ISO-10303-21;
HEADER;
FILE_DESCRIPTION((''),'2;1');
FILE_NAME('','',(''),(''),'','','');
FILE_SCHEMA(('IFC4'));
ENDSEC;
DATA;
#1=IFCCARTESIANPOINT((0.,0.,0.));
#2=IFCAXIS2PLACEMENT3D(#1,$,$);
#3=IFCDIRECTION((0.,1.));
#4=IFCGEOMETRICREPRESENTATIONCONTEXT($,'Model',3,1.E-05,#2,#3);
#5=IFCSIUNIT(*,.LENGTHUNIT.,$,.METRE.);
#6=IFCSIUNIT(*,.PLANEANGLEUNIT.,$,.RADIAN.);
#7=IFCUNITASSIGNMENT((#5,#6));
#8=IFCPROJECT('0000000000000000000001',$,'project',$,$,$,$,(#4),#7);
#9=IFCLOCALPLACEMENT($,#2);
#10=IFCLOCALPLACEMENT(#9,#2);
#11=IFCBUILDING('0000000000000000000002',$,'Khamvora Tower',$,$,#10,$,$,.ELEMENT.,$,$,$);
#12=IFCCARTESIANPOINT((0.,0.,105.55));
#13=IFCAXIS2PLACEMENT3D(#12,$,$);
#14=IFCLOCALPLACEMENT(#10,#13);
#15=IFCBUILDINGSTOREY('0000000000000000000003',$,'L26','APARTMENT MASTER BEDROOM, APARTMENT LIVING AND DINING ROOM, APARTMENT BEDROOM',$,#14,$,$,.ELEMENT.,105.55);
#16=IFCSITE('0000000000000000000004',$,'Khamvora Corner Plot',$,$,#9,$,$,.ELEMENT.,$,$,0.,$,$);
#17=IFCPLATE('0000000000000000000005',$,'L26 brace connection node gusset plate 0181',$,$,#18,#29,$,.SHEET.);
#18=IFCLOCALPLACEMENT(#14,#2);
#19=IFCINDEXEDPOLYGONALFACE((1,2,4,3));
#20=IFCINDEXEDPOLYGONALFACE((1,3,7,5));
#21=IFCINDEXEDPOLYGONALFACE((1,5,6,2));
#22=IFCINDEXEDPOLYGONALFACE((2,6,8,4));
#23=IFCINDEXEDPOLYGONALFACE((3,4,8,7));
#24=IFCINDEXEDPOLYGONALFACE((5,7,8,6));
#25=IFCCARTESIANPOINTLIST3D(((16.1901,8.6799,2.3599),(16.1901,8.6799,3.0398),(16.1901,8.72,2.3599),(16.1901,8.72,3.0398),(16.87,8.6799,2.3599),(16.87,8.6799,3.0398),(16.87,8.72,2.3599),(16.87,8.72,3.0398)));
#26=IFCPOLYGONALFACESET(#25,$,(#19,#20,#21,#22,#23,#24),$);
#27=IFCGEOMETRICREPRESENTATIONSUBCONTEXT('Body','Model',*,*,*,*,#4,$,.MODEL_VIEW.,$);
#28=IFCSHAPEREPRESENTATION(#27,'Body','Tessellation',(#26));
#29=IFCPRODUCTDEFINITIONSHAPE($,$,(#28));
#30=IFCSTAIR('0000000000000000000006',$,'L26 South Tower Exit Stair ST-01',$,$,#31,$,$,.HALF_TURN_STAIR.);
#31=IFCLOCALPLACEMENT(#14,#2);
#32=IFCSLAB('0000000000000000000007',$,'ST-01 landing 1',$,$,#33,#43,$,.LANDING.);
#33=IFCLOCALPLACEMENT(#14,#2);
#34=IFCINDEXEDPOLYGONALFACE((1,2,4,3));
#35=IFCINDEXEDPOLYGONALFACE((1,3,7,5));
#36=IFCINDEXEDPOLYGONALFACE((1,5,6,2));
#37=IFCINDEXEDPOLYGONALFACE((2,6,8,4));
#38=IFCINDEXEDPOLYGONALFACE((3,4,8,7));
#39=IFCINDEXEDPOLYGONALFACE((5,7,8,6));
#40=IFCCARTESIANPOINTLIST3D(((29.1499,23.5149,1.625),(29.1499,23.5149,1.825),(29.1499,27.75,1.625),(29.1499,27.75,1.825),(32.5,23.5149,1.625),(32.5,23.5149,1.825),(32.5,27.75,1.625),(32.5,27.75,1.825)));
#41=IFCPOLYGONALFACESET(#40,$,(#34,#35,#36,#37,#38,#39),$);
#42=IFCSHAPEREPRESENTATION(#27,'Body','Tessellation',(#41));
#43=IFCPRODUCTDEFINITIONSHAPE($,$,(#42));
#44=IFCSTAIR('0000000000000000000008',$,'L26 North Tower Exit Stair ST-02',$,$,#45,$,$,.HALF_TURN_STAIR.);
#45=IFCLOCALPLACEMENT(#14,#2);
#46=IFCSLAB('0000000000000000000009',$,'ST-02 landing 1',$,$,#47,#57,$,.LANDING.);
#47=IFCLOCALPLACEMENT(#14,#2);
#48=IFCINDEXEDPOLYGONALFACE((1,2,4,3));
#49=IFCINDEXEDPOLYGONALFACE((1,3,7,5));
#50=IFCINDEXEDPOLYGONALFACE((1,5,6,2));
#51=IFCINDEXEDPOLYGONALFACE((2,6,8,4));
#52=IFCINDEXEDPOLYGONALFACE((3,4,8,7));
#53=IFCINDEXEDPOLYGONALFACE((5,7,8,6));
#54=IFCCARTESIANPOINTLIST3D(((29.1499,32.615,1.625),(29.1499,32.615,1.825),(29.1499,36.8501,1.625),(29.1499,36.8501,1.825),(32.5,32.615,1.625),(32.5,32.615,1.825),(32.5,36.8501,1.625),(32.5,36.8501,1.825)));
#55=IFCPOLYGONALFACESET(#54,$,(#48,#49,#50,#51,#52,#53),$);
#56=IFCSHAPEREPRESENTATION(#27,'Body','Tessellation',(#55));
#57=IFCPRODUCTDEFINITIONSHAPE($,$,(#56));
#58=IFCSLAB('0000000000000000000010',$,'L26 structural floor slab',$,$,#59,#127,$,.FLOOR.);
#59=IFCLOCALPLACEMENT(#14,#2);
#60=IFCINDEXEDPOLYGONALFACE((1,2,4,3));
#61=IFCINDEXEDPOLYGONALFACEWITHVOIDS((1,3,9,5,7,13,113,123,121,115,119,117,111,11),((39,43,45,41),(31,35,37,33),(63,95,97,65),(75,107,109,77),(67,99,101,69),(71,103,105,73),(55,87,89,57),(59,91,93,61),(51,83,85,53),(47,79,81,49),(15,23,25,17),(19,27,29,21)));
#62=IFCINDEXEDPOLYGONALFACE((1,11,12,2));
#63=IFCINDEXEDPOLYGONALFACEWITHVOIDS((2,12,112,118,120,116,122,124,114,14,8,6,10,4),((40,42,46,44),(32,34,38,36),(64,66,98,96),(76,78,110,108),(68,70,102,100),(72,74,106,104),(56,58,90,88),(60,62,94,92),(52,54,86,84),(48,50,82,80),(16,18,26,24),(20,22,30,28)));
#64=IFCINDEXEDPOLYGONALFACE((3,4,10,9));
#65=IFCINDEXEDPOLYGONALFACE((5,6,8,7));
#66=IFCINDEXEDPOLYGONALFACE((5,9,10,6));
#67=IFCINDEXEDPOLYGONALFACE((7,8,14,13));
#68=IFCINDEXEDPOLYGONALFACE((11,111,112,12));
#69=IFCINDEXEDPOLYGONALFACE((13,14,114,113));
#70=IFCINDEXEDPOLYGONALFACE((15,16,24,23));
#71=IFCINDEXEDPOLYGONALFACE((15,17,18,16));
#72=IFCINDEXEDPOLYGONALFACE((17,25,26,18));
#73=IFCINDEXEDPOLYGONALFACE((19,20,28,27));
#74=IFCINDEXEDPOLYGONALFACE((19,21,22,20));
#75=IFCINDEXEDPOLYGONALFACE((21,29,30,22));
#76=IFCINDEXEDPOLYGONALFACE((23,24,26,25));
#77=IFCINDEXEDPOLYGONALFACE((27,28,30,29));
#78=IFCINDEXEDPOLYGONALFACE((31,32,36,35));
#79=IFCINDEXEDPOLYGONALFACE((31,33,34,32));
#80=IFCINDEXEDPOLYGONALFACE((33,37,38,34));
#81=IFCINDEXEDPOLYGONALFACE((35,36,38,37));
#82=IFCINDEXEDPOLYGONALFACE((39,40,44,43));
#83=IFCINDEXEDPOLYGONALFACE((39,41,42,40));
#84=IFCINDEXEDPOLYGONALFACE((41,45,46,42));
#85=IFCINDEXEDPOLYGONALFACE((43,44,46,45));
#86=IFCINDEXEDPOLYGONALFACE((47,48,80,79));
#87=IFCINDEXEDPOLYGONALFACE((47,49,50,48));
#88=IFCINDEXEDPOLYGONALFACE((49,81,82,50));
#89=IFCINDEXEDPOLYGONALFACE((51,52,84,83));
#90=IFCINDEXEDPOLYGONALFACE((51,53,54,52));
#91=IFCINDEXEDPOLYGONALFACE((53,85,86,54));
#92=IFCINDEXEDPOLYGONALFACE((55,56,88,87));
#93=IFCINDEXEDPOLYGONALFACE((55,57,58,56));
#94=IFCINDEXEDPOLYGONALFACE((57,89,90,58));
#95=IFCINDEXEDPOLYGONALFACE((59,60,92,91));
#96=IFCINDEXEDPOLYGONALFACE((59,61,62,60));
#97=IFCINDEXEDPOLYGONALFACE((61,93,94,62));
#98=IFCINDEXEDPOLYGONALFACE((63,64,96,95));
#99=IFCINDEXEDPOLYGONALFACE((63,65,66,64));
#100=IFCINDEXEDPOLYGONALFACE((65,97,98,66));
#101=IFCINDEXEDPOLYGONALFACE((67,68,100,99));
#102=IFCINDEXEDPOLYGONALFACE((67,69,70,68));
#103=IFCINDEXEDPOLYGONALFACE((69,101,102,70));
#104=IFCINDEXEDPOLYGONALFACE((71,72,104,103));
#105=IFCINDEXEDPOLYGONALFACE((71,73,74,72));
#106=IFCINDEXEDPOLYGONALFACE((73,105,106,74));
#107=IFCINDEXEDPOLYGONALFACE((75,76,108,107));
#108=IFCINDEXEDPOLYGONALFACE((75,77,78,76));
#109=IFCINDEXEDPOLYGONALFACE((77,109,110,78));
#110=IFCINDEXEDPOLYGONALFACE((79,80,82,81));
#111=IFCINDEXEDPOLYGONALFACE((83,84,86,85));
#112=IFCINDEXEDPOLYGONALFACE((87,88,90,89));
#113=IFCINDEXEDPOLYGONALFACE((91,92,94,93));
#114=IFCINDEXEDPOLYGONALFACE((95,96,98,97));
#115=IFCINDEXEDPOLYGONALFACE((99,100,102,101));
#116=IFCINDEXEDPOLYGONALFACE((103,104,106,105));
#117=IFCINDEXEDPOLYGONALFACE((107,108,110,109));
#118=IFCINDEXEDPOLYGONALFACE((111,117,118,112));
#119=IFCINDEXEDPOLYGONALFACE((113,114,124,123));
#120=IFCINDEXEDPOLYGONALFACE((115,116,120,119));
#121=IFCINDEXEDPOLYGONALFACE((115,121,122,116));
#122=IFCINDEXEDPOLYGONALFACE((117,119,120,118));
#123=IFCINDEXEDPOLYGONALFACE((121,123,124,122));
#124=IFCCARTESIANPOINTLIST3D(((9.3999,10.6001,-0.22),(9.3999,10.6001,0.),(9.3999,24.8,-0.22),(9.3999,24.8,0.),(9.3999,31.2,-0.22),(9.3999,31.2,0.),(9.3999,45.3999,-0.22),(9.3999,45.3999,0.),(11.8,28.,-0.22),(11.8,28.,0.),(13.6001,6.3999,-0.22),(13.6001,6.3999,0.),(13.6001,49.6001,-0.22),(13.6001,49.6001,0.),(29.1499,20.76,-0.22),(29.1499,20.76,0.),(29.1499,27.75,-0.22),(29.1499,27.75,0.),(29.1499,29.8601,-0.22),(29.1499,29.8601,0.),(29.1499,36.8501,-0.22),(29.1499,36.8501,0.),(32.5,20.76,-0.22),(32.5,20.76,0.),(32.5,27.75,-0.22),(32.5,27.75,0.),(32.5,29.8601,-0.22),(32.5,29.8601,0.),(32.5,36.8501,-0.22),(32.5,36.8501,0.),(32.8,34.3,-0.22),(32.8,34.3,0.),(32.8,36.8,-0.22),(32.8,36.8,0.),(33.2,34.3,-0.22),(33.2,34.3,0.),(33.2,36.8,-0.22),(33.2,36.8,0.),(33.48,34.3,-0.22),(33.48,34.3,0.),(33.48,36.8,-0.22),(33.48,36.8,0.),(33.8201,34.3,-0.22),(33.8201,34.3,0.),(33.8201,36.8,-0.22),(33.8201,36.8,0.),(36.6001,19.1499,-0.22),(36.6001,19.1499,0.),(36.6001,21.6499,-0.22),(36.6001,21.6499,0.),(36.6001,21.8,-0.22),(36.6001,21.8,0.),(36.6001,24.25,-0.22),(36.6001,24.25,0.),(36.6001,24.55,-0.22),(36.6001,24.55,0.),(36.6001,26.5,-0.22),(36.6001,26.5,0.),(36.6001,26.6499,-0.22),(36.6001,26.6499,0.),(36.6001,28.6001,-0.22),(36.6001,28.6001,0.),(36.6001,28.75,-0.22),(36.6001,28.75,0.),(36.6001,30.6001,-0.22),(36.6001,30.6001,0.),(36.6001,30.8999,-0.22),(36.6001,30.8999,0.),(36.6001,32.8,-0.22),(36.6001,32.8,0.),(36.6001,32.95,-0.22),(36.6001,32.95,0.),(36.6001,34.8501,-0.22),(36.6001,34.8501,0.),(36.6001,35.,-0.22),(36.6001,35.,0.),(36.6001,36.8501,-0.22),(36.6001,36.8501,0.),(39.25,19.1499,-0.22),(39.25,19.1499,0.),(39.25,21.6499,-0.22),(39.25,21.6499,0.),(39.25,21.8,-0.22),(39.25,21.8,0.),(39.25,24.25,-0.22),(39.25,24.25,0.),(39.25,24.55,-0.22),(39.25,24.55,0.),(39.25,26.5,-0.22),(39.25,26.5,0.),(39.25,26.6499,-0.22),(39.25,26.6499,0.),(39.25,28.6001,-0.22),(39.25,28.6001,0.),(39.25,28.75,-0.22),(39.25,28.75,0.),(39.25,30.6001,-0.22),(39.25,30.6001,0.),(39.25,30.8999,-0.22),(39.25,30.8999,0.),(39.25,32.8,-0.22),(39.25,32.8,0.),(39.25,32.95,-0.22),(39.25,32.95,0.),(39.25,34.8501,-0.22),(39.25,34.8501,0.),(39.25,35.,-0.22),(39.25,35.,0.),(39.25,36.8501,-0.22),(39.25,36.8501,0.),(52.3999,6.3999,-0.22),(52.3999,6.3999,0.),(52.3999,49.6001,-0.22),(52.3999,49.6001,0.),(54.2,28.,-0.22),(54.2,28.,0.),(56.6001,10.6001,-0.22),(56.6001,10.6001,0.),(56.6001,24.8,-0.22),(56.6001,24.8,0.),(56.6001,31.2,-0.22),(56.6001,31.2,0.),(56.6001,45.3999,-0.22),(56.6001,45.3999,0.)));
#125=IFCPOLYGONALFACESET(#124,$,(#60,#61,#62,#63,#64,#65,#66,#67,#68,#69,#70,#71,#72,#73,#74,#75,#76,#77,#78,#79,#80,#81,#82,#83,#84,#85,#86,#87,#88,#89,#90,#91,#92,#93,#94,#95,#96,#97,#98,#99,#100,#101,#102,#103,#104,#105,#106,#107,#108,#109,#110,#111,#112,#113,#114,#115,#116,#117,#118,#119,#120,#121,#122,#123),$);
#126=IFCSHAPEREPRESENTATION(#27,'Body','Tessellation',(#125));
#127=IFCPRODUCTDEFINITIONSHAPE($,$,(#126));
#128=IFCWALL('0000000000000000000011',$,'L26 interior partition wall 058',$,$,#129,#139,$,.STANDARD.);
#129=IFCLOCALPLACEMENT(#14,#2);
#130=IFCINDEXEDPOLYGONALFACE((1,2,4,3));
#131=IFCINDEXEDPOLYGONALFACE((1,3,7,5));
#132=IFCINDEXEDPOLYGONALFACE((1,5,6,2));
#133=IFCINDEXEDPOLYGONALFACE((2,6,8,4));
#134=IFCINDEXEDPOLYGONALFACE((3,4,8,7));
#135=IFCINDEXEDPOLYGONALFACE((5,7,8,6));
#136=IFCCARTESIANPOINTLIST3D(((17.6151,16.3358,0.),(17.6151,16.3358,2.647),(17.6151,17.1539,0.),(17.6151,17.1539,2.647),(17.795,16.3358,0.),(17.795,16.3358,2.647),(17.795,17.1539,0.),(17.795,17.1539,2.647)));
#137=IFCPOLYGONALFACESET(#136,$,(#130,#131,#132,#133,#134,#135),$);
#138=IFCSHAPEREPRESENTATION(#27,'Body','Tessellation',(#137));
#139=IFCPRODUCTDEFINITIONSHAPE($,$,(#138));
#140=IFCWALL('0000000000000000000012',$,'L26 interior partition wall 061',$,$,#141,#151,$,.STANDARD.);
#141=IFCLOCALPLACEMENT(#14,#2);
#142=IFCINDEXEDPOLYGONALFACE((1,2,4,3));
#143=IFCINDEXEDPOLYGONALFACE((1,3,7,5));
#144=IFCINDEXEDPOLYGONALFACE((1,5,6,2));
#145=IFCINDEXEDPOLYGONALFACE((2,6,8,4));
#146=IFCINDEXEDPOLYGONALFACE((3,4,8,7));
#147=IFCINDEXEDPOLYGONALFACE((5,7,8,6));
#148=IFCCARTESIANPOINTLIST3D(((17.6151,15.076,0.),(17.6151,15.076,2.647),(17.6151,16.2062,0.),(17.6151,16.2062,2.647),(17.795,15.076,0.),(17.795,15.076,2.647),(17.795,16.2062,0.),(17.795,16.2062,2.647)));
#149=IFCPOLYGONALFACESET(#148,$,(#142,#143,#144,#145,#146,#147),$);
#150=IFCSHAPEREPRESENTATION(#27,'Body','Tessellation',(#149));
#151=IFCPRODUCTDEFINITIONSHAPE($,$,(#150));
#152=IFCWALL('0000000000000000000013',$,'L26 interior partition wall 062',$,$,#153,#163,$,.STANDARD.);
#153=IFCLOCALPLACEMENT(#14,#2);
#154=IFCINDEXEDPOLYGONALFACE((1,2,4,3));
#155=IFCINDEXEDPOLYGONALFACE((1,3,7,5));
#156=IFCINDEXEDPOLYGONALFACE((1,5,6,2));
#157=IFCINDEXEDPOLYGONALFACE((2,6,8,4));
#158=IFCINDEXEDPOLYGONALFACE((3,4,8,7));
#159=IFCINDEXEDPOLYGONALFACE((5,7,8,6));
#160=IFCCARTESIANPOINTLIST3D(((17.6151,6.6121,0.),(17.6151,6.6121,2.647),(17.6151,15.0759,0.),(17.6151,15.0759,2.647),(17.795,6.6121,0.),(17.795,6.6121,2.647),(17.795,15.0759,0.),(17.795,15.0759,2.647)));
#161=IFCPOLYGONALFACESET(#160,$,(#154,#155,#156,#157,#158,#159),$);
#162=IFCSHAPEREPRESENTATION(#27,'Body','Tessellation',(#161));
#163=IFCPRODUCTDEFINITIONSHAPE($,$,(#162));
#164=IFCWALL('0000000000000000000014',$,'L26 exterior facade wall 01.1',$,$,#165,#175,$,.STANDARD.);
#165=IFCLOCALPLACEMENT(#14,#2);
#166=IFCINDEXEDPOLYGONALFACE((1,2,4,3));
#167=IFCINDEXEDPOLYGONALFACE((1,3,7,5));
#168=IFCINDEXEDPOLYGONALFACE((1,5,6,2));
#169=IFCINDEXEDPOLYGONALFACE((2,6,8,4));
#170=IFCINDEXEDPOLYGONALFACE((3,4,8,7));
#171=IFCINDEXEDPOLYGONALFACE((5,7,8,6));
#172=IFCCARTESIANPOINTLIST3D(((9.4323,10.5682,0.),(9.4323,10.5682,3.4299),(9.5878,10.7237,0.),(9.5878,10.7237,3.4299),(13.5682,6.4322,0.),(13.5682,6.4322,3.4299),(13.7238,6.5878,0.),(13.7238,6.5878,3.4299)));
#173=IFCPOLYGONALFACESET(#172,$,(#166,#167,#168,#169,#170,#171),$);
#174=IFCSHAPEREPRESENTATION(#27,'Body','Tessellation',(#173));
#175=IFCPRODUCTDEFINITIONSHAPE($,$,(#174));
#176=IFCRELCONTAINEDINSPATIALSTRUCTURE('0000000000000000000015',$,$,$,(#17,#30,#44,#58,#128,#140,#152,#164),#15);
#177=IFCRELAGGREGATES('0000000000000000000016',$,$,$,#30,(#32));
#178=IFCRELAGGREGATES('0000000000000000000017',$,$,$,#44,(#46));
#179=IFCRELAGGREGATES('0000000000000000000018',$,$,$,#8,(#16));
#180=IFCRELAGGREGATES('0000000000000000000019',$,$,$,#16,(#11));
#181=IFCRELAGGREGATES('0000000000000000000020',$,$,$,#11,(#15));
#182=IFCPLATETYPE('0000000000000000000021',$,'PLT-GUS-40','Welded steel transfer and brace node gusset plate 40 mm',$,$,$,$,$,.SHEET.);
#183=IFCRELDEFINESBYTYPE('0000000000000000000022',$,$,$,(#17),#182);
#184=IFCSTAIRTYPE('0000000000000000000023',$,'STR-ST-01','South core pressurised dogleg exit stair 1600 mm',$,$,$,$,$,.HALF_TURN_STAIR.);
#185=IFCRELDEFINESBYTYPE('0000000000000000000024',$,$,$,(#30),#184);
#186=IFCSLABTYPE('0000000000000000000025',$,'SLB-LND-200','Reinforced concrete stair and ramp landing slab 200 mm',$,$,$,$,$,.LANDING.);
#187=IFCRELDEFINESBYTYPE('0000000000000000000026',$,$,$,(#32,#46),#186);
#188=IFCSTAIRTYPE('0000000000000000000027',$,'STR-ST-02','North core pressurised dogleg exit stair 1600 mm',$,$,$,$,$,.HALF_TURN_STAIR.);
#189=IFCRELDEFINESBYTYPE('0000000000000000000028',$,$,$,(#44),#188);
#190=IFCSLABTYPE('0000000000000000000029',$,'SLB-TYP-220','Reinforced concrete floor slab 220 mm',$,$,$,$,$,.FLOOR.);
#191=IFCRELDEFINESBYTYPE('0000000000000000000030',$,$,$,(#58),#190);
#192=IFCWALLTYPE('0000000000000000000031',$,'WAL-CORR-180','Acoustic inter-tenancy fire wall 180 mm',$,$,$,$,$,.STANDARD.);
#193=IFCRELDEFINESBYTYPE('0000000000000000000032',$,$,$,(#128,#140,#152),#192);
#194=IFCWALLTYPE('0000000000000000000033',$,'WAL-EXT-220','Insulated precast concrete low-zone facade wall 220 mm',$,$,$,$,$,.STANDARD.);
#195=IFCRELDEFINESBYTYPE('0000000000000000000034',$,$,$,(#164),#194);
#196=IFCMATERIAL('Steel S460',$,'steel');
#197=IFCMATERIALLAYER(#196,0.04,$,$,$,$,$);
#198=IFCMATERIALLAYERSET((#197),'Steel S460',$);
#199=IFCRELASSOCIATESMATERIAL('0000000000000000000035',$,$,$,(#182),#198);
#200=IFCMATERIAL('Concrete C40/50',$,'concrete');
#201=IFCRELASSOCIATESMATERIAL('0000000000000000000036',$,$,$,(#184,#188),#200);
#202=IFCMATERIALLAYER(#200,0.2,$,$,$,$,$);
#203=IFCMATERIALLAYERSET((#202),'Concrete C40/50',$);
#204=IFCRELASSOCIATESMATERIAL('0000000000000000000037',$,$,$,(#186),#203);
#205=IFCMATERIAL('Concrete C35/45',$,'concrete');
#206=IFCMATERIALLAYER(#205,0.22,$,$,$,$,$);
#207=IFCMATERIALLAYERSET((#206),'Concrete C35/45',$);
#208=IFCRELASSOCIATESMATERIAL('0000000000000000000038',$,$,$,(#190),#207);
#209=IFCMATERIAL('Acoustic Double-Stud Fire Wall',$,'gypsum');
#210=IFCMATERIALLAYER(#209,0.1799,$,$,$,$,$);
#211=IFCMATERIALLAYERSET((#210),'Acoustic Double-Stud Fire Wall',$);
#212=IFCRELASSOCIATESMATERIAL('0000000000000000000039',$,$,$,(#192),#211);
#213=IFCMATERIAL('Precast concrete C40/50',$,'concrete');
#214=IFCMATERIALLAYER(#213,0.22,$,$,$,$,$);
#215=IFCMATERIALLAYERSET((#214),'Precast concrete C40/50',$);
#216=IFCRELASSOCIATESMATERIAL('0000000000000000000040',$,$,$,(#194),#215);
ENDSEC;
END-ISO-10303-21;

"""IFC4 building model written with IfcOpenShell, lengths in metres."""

from ifc_helpers import new_model, si_unit, direction, frame, frame_2d, origin, origin_2d, place, context, subcontext, project, spatial, polyline, rectangle, outline, extrude, material, layer, layer_set, type_object, element, aggregate, save


model = new_model("IFC4")

# Units and contexts
model_context = context("Model", 3, precision=1e-05, world=origin(), true_north=direction((0.0, 1.0)))
body_context = subcontext(model_context, "Body", "Model", "MODEL_VIEW")
ifc_project = project(units=[si_unit("LENGTHUNIT", "METRE"), si_unit("PLANEANGLEUNIT", "RADIAN")], contexts=[model_context])

# Site, building, storey
site_placement = place(None, origin())
site = spatial("IfcSite", under=ifc_project, at=site_placement, Name="Khamvora Corner Plot", CompositionType="ELEMENT", RefElevation=0.0)
building_placement = place(site_placement, origin())
building = spatial("IfcBuilding", under=site, at=building_placement, Name="Khamvora Tower", CompositionType="ELEMENT")
storey_placement = place(building_placement, frame((0.0, 0.0, 105.55)))
storey = spatial("IfcBuildingStorey", under=building, at=storey_placement, Name="L26", Description="APARTMENT MASTER BEDROOM, APARTMENT LIVING AND DINING ROOM, APARTMENT BEDROOM", CompositionType="ELEMENT", Elevation=105.55)

# Plate
ifc_material_1 = material(Name="Steel S460", Category="steel")
ifc_layer_1 = layer(ifc_material_1, 0.04)
ifc_layer_set_1 = layer_set([ifc_layer_1], Name="Steel S460")
plate_type_1 = type_object("IfcPlateType", Name="PLT-GUS-40", Description="Welded steel transfer and brace node gusset plate 40 mm", PredefinedType="SHEET", material=ifc_layer_set_1)
plate_1_placement = place(storey_placement, frame((16.53, 8.7, 2.3599), z_axis=(0.0, 0.0, 1.0), x_axis=(1.0, 0.0, 0.0)))
element("IfcPlate", 1, at=plate_1_placement, inside=storey, type_object=plate_type_1, Name="L26 brace connection node gusset plate 0181", PredefinedType="SHEET", context=body_context, shape_type="SweptSolid", body=[
    extrude(rectangle(XDim=0.6799, YDim=0.04, at=origin_2d()), origin(), (0.0, 0.0, 1.0), 0.6799),
])

# Stairs, slabs
ifc_material_2 = material(Name="Concrete C40/50", Category="concrete")
stair_type_1 = type_object("IfcStairType", Name="STR-ST-01", Description="South core pressurised dogleg exit stair 1600 mm", PredefinedType="HALF_TURN_STAIR", material=ifc_material_2)
stair_1_placement = place(storey_placement, origin())
stair_1 = element("IfcStair", 2, at=stair_1_placement, inside=storey, type_object=stair_type_1, Name="L26 South Tower Exit Stair ST-01", PredefinedType="HALF_TURN_STAIR")
ifc_layer_2 = layer(ifc_material_2, 0.2)
ifc_layer_set_2 = layer_set([ifc_layer_2], Name="Concrete C40/50")
slab_type_1 = type_object("IfcSlabType", Name="SLB-LND-200", Description="Reinforced concrete stair and ramp landing slab 200 mm", PredefinedType="LANDING", material=ifc_layer_set_2)
slab_1_placement = place(storey_placement, frame((0.0, 0.0, 1.625)))
slab_1 = element("IfcSlab", 3, at=slab_1_placement, type_object=slab_type_1, Name="ST-01 landing 1", PredefinedType="LANDING", context=body_context, shape_type="SweptSolid", body=[
    extrude(outline(polyline([(32.5, 23.5149), (32.5, 27.75), (29.1499, 27.75), (29.1499, 23.5149), (32.5, 23.5149)])), origin(), (0.0, 0.0, 1.0), 0.2),
])
aggregate(stair_1, [slab_1])
stair_type_2 = type_object("IfcStairType", Name="STR-ST-02", Description="North core pressurised dogleg exit stair 1600 mm", PredefinedType="HALF_TURN_STAIR", material=ifc_material_2)
stair_2_placement = place(storey_placement, origin())
stair_2 = element("IfcStair", 4, at=stair_2_placement, inside=storey, type_object=stair_type_2, Name="L26 North Tower Exit Stair ST-02", PredefinedType="HALF_TURN_STAIR")
slab_2_placement = place(storey_placement, frame((0.0, 0.0, 1.625)))
slab_2 = element("IfcSlab", 5, at=slab_2_placement, type_object=slab_type_1, Name="ST-02 landing 1", PredefinedType="LANDING", context=body_context, shape_type="SweptSolid", body=[
    extrude(outline(polyline([(32.5, 32.615), (32.5, 36.8501), (29.1499, 36.8501), (29.1499, 32.615), (32.5, 32.615)])), origin(), (0.0, 0.0, 1.0), 0.2),
])
aggregate(stair_2, [slab_2])

# Slab
ifc_material_3 = material(Name="Concrete C35/45", Category="concrete")
ifc_layer_3 = layer(ifc_material_3, 0.22)
ifc_layer_set_3 = layer_set([ifc_layer_3], Name="Concrete C35/45")
slab_type_2 = type_object("IfcSlabType", Name="SLB-TYP-220", Description="Reinforced concrete floor slab 220 mm", PredefinedType="FLOOR", material=ifc_layer_set_3)
slab_3_placement = place(storey_placement, frame((0.0, 0.0, -0.22)))
element("IfcSlab", 6, at=slab_3_placement, inside=storey, type_object=slab_type_2, Name="L26 structural floor slab", PredefinedType="FLOOR", context=body_context, shape_type="SweptSolid", body=[
    extrude(outline(polyline([(13.6001, 6.3999), (52.3999, 6.3999), (56.6001, 10.6001), (56.6001, 24.8), (54.2, 28.0), (56.6001, 31.2), (56.6001, 45.3999), (52.3999, 49.6001), (13.6001, 49.6001), (9.3999, 45.3999), (9.3999, 31.2), (11.8, 28.0), (9.3999, 24.8), (9.3999, 10.6001), (13.6001, 6.3999)]), holes=[polyline([(32.5, 20.76), (32.5, 27.75), (29.1499, 27.75), (29.1499, 20.76), (32.5, 20.76)]), polyline([(32.5, 29.8601), (32.5, 36.8501), (29.1499, 36.8501), (29.1499, 29.8601), (32.5, 29.8601)]), polyline([(36.6001, 19.1499), (39.25, 19.1499), (39.25, 21.6499), (36.6001, 21.6499), (36.6001, 19.1499)]), polyline([(36.6001, 21.8), (39.25, 21.8), (39.25, 24.25), (36.6001, 24.25), (36.6001, 21.8)]), polyline([(36.6001, 24.55), (39.25, 24.55), (39.25, 26.5), (36.6001, 26.5), (36.6001, 24.55)]), polyline([(36.6001, 26.6499), (39.25, 26.6499), (39.25, 28.6001), (36.6001, 28.6001), (36.6001, 26.6499)]), polyline([(36.6001, 28.75), (39.25, 28.75), (39.25, 30.6001), (36.6001, 30.6001), (36.6001, 28.75)]), polyline([(36.6001, 30.8999), (39.25, 30.8999), (39.25, 32.8), (36.6001, 32.8), (36.6001, 30.8999)]), polyline([(36.6001, 32.95), (39.25, 32.95), (39.25, 34.8501), (36.6001, 34.8501), (36.6001, 32.95)]), polyline([(36.6001, 35.0), (39.25, 35.0), (39.25, 36.8501), (36.6001, 36.8501), (36.6001, 35.0)]), polyline([(32.8, 34.3), (33.2, 34.3), (33.2, 36.8), (32.8, 36.8), (32.8, 34.3)]), polyline([(33.48, 34.3), (33.8201, 34.3), (33.8201, 36.8), (33.48, 36.8), (33.48, 34.3)])]), origin(), (0.0, 0.0, 1.0), 0.22),
])

# Walls
ifc_material_4 = material(Name="Acoustic Double-Stud Fire Wall", Category="gypsum")
ifc_layer_4 = layer(ifc_material_4, 0.1799)
ifc_layer_set_4 = layer_set([ifc_layer_4], Name="Acoustic Double-Stud Fire Wall")
wall_type_1 = type_object("IfcWallType", Name="WAL-CORR-180", Description="Acoustic inter-tenancy fire wall 180 mm", PredefinedType="STANDARD", material=ifc_layer_set_4)
wall_1_placement = place(storey_placement, frame((17.7051, 17.1541, 0.0), z_axis=(0.0, 0.0, 1.0), x_axis=(0.0, -1.0, 0.0)))
element("IfcWall", 7, at=wall_1_placement, inside=storey, type_object=wall_type_1, Name="L26 interior partition wall 058", PredefinedType="STANDARD", context=body_context, shape_type="SweptSolid", body=[
    extrude(rectangle(XDim=0.8181, YDim=0.1799, at=frame_2d((0.4092, 0.0))), origin(), (0.0, 0.0, 1.0), 2.647),
])
wall_2_placement = place(storey_placement, frame((17.7051, 16.2061, 0.0), z_axis=(0.0, 0.0, 1.0), x_axis=(0.0, -1.0, 0.0)))
element("IfcWall", 8, at=wall_2_placement, inside=storey, type_object=wall_type_1, Name="L26 interior partition wall 061", PredefinedType="STANDARD", context=body_context, shape_type="SweptSolid", body=[
    extrude(rectangle(XDim=1.1301, YDim=0.1799, at=frame_2d((0.5649, 0.0))), origin(), (0.0, 0.0, 1.0), 2.647),
])
wall_3_placement = place(storey_placement, frame((17.7051, 15.0759, 0.0), z_axis=(0.0, 0.0, 1.0), x_axis=(0.0, -1.0, 0.0)))
element("IfcWall", 9, at=wall_3_placement, inside=storey, type_object=wall_type_1, Name="L26 interior partition wall 062", PredefinedType="STANDARD", context=body_context, shape_type="SweptSolid", body=[
    extrude(rectangle(XDim=8.4639, YDim=0.1799, at=frame_2d((4.2319, 0.0))), origin(), (0.0, 0.0, 1.0), 2.647),
])
ifc_material_5 = material(Name="Precast concrete C40/50", Category="concrete")
ifc_layer_5 = layer(ifc_material_5, 0.22)
ifc_layer_set_5 = layer_set([ifc_layer_5], Name="Precast concrete C40/50")
wall_type_2 = type_object("IfcWallType", Name="WAL-EXT-220", Description="Insulated precast concrete low-zone facade wall 220 mm", PredefinedType="STANDARD", material=ifc_layer_set_5)
wall_4_placement = place(storey_placement, frame((13.646, 6.51, 0.0), z_axis=(0.0, 0.0, 1.0), x_axis=(-0.707107, 0.707107, 0.0)))
element("IfcWall", 10, at=wall_4_placement, inside=storey, type_object=wall_type_2, Name="L26 exterior facade wall 01.1", PredefinedType="STANDARD", context=body_context, shape_type="SweptSolid", body=[
    extrude(rectangle(XDim=5.8491, YDim=0.22, at=frame_2d((2.9246, 0.0))), origin(), (0.0, 0.0, 1.0), 3.4299),
])

save(model, "model.ifc")
